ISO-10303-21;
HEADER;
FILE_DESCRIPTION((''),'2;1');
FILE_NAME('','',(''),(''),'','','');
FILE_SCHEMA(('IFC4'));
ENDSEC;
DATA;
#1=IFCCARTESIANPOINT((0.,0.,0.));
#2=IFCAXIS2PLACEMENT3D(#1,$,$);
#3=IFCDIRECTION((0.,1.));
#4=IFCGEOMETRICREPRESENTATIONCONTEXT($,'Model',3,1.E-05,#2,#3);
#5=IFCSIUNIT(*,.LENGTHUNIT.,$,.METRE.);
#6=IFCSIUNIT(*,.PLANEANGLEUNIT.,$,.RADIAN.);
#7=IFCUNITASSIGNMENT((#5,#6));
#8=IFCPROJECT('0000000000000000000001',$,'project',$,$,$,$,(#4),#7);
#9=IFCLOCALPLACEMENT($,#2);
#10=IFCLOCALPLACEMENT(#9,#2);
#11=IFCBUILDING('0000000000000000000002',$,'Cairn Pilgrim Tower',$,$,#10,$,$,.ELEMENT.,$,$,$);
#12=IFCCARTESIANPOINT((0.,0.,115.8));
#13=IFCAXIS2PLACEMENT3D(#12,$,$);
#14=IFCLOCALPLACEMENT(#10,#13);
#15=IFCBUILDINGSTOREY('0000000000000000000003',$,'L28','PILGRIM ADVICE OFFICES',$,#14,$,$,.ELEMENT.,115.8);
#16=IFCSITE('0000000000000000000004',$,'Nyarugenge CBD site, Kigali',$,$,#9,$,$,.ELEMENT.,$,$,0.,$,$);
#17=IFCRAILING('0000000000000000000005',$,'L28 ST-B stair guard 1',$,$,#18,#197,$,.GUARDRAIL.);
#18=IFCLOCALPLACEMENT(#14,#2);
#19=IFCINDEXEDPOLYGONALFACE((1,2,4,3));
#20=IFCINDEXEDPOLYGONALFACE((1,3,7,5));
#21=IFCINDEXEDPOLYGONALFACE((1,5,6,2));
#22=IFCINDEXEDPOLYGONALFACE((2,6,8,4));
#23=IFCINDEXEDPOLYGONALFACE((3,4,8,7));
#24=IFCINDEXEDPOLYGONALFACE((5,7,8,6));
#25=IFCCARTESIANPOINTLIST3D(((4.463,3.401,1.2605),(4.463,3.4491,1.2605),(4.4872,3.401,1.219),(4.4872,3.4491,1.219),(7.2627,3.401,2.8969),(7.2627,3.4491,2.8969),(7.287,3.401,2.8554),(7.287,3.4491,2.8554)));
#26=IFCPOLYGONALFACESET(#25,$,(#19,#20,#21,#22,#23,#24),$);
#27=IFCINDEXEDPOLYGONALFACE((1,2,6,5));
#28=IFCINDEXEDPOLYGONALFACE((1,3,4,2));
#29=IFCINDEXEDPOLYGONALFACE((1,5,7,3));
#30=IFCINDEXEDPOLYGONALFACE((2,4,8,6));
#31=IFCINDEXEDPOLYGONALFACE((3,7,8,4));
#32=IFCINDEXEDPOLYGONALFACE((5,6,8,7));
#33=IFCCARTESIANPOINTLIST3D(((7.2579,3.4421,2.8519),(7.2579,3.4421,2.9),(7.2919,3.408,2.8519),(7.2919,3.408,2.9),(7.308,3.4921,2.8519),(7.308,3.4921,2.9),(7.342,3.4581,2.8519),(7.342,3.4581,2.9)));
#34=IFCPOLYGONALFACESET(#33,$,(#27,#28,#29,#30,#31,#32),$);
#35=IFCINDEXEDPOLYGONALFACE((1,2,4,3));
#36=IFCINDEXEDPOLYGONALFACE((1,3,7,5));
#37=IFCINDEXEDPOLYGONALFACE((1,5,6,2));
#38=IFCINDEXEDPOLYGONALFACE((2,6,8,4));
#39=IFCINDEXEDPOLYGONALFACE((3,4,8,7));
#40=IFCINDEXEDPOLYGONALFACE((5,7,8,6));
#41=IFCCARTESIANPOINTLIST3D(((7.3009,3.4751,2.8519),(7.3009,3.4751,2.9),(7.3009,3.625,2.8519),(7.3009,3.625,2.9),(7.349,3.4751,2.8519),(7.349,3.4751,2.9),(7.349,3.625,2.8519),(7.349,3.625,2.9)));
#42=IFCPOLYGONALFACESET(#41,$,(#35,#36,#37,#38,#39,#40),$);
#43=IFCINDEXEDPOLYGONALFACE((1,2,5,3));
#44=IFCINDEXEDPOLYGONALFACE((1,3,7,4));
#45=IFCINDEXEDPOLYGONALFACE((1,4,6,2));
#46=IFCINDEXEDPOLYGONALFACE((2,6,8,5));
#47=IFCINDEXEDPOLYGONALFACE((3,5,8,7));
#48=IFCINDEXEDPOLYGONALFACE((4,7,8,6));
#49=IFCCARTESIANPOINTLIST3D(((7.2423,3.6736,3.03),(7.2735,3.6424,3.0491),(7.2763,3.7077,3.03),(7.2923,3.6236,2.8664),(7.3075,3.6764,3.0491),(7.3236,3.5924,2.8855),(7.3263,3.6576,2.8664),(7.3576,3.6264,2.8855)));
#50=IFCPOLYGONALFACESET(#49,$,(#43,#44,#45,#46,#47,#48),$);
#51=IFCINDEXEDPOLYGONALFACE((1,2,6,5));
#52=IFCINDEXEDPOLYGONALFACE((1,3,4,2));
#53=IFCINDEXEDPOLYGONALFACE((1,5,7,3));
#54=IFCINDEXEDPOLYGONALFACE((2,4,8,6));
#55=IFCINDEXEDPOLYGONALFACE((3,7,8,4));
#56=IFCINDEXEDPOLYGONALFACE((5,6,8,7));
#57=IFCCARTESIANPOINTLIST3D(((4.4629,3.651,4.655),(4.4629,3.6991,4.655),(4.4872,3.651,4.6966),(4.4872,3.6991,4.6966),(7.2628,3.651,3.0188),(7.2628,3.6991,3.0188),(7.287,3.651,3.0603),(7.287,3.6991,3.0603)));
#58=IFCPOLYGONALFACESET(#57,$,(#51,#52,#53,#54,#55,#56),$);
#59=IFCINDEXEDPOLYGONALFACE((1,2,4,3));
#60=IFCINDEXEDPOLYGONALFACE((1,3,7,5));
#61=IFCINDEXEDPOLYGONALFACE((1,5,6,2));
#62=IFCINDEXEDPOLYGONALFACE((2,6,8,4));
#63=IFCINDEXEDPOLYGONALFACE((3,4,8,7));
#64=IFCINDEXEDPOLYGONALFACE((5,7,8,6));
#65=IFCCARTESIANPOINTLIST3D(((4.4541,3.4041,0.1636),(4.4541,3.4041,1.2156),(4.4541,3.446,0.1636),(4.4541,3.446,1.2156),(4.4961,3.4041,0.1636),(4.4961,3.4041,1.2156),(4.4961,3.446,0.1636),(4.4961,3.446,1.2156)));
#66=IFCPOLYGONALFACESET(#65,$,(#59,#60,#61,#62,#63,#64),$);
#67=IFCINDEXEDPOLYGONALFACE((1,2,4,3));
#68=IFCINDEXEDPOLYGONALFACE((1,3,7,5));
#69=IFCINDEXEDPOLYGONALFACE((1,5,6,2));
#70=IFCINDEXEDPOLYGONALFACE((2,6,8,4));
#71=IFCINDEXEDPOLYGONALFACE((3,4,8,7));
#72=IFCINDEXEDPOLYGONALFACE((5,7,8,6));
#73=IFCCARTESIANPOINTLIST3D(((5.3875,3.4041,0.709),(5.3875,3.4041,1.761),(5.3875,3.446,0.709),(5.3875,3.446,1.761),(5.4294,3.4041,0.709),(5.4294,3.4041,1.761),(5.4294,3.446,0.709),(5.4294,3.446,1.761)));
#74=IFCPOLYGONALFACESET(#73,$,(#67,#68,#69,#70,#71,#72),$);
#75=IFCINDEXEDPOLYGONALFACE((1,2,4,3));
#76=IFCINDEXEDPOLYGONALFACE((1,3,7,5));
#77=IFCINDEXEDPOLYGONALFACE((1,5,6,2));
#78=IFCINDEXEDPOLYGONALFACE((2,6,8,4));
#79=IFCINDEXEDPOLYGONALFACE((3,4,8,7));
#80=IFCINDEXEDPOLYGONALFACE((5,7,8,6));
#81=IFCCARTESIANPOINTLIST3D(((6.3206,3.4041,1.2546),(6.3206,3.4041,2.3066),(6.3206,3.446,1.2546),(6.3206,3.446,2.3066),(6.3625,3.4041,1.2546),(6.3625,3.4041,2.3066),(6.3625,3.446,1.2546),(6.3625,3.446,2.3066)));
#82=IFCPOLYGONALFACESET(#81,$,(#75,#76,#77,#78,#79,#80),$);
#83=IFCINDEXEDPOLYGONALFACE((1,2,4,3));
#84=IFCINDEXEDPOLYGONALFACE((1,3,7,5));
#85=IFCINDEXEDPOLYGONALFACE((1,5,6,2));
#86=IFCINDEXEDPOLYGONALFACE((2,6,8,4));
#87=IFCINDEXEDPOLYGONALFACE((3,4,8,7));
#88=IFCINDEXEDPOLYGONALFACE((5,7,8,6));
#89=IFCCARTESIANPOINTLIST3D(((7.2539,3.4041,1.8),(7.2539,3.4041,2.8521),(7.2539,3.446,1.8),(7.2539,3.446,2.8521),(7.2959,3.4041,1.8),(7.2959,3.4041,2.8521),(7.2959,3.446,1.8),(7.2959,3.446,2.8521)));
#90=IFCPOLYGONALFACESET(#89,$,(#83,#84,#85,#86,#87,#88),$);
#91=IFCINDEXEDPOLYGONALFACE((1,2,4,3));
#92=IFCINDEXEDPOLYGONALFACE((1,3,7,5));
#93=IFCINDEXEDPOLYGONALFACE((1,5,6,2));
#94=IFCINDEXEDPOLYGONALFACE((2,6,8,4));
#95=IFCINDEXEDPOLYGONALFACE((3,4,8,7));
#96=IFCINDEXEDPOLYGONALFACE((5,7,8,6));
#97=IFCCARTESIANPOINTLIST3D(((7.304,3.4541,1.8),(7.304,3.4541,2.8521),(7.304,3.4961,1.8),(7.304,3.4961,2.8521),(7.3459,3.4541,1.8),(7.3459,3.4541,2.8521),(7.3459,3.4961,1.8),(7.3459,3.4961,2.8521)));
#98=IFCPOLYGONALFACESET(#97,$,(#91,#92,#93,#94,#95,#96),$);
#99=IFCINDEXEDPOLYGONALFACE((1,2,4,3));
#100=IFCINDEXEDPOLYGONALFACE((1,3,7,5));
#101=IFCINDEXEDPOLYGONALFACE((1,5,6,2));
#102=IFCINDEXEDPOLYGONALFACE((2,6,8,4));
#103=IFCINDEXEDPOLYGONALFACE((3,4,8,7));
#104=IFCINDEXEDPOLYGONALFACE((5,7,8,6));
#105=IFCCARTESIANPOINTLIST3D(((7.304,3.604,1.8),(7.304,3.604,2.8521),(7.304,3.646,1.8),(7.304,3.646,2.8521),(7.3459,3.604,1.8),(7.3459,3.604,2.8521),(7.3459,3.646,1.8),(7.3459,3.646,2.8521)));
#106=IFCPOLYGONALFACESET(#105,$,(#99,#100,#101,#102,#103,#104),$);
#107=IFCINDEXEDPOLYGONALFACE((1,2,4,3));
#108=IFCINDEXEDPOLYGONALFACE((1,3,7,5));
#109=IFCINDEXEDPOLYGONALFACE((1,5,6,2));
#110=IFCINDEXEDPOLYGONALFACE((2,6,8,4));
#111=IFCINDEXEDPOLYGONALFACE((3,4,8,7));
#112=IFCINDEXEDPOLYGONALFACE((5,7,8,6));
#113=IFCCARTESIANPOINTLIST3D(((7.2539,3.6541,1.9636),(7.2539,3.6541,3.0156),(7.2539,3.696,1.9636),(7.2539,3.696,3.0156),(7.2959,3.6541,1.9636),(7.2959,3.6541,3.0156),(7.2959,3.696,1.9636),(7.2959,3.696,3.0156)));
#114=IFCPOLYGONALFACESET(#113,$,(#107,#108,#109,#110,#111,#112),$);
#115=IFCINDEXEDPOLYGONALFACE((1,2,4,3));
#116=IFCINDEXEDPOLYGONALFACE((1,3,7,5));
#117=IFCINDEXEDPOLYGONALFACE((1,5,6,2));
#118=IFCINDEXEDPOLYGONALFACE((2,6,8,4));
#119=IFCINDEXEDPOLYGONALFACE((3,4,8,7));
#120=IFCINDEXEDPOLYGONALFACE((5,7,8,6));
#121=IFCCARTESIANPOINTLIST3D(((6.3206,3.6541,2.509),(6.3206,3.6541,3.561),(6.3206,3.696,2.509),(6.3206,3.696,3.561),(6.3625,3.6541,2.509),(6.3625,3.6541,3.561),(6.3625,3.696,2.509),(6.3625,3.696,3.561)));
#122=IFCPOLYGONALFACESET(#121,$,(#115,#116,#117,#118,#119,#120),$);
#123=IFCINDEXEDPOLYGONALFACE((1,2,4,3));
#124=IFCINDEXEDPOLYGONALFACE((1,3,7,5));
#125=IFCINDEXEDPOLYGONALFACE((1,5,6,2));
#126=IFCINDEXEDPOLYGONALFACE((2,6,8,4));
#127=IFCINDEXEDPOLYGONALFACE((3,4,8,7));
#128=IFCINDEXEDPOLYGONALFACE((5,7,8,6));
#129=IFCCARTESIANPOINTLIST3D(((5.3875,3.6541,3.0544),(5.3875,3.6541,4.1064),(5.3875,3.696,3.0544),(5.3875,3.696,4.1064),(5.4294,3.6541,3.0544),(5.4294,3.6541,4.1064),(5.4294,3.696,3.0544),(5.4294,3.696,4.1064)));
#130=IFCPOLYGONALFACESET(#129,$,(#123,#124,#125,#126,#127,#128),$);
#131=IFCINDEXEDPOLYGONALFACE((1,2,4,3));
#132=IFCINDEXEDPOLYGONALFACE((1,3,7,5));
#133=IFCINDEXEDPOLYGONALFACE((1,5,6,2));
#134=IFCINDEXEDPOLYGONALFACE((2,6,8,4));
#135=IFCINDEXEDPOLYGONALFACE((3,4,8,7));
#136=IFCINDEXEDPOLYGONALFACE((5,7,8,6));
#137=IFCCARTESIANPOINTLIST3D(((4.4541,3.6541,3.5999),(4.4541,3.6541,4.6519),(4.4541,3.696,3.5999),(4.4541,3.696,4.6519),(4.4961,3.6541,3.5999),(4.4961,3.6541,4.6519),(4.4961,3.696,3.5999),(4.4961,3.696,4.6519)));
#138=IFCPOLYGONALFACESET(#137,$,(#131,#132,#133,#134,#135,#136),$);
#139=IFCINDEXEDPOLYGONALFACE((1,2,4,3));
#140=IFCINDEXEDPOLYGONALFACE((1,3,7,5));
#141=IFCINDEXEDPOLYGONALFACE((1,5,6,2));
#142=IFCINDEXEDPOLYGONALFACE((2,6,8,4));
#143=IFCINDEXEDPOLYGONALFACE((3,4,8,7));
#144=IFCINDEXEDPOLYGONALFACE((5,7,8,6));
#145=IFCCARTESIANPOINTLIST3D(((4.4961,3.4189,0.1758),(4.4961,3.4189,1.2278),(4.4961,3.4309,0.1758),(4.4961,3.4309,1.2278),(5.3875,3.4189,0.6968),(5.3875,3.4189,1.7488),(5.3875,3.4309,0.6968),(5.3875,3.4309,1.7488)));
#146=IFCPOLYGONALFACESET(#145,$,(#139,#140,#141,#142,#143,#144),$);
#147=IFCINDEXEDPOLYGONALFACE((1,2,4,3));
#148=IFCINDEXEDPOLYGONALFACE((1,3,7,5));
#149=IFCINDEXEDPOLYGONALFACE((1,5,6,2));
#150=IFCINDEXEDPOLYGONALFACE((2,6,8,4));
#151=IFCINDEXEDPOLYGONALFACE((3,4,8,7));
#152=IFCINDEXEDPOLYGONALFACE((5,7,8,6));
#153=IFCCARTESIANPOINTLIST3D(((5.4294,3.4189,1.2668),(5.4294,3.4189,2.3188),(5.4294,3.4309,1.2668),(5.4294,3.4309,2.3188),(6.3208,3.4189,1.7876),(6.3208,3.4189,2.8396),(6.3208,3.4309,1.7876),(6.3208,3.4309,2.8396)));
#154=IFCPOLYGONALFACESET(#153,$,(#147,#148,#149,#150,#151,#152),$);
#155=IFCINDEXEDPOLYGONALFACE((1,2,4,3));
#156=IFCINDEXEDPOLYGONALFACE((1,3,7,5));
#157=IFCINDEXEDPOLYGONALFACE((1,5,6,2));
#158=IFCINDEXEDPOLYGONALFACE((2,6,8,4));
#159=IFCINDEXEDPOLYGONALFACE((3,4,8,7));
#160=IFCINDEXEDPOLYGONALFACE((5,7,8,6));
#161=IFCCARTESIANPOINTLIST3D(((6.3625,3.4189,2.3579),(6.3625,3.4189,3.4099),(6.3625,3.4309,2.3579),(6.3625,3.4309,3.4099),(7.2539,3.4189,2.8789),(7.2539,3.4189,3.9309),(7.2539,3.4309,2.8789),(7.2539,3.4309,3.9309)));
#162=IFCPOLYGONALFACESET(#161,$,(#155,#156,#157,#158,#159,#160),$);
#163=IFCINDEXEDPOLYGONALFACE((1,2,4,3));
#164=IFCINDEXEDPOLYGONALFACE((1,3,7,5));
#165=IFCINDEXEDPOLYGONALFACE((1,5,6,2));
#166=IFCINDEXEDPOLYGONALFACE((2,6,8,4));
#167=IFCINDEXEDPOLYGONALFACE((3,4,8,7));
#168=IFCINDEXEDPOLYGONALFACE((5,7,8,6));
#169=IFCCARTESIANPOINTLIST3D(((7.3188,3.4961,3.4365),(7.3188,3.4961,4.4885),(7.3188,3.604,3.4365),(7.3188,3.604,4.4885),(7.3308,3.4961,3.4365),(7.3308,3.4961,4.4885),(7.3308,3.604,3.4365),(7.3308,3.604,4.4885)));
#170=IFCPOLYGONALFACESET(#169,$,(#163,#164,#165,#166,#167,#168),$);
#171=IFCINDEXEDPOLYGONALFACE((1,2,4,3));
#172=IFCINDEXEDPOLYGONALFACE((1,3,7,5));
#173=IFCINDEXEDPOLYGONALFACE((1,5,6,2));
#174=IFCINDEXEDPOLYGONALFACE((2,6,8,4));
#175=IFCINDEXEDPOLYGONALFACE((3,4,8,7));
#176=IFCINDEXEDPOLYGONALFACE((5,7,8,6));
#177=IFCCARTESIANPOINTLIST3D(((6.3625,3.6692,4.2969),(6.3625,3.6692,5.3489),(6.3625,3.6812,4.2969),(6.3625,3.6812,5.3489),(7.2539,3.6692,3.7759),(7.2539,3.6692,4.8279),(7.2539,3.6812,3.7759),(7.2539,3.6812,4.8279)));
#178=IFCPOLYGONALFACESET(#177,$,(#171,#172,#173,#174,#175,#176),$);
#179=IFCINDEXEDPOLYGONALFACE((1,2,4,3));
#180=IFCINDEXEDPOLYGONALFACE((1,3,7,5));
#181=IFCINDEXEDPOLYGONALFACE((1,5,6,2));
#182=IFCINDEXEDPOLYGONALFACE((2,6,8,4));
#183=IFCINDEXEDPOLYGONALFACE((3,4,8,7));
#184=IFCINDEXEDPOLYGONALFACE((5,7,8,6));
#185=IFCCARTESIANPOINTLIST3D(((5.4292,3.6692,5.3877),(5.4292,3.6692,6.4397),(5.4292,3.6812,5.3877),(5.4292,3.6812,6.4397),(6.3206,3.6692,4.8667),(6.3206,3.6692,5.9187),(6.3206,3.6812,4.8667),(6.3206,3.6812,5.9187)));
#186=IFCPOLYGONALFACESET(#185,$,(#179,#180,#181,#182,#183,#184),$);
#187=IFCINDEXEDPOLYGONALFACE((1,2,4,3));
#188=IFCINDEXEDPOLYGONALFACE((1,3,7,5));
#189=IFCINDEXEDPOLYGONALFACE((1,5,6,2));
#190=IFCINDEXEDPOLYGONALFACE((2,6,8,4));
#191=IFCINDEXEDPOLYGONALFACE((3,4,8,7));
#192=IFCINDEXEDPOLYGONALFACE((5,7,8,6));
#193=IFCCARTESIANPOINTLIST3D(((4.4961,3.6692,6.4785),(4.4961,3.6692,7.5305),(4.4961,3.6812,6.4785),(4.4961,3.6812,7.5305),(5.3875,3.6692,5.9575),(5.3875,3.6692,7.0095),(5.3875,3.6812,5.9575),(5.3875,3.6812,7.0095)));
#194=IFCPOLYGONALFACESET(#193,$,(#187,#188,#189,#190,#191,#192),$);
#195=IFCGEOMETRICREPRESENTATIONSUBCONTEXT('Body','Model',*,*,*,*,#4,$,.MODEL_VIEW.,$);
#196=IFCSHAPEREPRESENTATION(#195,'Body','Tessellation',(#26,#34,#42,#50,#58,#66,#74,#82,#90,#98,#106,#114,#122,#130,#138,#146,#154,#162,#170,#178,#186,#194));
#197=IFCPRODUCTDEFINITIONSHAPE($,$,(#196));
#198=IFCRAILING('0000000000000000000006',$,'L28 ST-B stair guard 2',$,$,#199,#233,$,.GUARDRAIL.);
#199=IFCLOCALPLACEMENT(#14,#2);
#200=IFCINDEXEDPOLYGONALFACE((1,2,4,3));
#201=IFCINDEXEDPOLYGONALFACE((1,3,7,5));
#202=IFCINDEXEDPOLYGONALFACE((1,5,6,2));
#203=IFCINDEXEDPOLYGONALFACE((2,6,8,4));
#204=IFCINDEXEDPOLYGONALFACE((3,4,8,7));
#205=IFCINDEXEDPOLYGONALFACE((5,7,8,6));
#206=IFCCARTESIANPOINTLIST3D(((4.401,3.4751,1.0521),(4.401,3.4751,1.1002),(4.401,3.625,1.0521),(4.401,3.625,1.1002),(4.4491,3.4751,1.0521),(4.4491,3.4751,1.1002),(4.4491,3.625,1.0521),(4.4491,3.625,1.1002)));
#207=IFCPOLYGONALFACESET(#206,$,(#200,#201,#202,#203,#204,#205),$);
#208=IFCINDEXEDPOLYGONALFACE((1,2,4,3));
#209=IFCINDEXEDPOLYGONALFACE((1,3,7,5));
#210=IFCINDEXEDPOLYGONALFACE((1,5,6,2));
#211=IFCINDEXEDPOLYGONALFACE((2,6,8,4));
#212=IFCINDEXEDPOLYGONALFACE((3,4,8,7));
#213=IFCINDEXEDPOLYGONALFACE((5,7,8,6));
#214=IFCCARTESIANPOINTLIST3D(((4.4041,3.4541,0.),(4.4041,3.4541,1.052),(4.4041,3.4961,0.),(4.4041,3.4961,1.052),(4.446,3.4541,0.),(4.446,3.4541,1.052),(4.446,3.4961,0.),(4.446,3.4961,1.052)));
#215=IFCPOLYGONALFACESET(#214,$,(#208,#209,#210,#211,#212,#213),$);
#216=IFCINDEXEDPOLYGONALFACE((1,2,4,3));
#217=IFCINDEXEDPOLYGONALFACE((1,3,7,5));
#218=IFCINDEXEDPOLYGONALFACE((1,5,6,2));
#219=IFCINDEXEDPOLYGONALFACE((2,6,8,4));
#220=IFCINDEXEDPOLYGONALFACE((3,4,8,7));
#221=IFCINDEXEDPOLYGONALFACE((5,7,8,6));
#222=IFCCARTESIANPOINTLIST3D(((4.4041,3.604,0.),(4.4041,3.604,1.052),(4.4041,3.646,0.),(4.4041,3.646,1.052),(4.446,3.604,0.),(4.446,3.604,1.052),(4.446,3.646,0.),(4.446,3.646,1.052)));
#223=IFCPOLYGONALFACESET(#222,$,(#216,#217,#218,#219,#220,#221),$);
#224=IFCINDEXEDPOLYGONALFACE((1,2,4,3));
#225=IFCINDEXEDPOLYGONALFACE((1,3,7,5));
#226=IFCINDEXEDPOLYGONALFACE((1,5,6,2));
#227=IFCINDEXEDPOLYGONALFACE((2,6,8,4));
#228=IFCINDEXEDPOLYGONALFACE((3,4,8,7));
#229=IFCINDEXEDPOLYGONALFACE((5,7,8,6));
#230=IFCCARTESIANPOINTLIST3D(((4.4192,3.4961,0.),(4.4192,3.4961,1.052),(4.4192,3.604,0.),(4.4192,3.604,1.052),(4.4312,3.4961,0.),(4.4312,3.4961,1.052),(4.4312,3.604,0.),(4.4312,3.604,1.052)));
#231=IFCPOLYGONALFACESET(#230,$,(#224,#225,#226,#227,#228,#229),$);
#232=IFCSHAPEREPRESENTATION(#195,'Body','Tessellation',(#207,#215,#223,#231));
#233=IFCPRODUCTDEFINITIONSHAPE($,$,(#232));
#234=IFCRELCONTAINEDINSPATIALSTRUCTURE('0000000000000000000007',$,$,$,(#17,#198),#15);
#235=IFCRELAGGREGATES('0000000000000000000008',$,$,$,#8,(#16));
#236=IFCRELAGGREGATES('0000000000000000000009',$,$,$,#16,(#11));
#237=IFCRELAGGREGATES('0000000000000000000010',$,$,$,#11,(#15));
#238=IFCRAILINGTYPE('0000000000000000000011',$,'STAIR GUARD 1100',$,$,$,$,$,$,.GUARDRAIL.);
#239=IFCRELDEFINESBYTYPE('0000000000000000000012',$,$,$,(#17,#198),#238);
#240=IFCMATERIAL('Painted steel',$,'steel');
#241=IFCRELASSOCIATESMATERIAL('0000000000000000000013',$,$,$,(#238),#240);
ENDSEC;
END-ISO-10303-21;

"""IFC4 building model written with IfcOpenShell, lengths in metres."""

from ifc_helpers import new_model, si_unit, direction, frame, origin, origin_2d, place, context, subcontext, project, spatial, polyline, rectangle, outline, extrude, material, type_object, element, save


model = new_model("IFC4")

# Units and contexts
model_context = context("Model", 3, precision=1e-05, world=origin(), true_north=direction((0.0, 1.0)))
body_context = subcontext(model_context, "Body", "Model", "MODEL_VIEW")
ifc_project = project(units=[si_unit("LENGTHUNIT", "METRE"), si_unit("PLANEANGLEUNIT", "RADIAN")], contexts=[model_context])

# Site, building, storey
site_placement = place(None, origin())
site = spatial("IfcSite", under=ifc_project, at=site_placement, Name="Nyarugenge CBD site, Kigali", CompositionType="ELEMENT", RefElevation=0.0)
building_placement = place(site_placement, origin())
building = spatial("IfcBuilding", under=site, at=building_placement, Name="Cairn Pilgrim Tower", CompositionType="ELEMENT")
storey_placement = place(building_placement, frame((0.0, 0.0, 115.8)))
storey = spatial("IfcBuildingStorey", under=building, at=storey_placement, Name="L28", Description="PILGRIM ADVICE OFFICES", CompositionType="ELEMENT", Elevation=115.8)

# Shared definitions
ifc_material_1 = material(Name="Painted steel", Category="steel")

# Railings
railing_type_1 = type_object("IfcRailingType", Name="STAIR GUARD 1100", PredefinedType="GUARDRAIL", material=ifc_material_1)
railing_1_placement = place(storey_placement, frame((4.4751, 3.425, 0.1636)))
element("IfcRailing", 1, at=railing_1_placement, inside=storey, type_object=railing_type_1, Name="L28 ST-B stair guard 1", PredefinedType="GUARDRAIL", context=body_context, shape_type="SweptSolid", body=[
    extrude(rectangle(XDim=0.0481, YDim=0.0481, at=origin_2d()), frame((0.0, 0.0, 1.0762), z_axis=(0.863342, 0.0, 0.50462), x_axis=(0.0, 1.0, 0.0)), (0.0, 0.0, 1.0), 3.2429),
    extrude(rectangle(XDim=0.0481, YDim=0.0481, at=origin_2d()), frame((2.7998, 0.0, 2.7124), z_axis=(0.707107, 0.707107, 0.0), x_axis=(-0.707107, 0.707107, 0.0)), (0.0, 0.0, 1.0), 0.0708),
    extrude(rectangle(XDim=0.0481, YDim=0.0481, at=origin_2d()), frame((2.8499, 0.05, 2.7124), z_axis=(0.0, 1.0, 0.0), x_axis=(-1.0, 0.0, 0.0)), (0.0, 0.0, 1.0), 0.1499),
    extrude(rectangle(XDim=0.0481, YDim=0.0481, at=origin_2d()), frame((2.8499, 0.2, 2.7124), z_axis=(-0.280809, 0.280809, 0.917765), x_axis=(-0.707107, -0.707107, 0.0)), (0.0, 0.0, 1.0), 0.1782),
    extrude(rectangle(XDim=0.0481, YDim=0.0481, at=origin_2d()), frame((2.7998, 0.25, 2.876), z_axis=(-0.863374, 0.0, 0.504564), x_axis=(0.0, -1.0, 0.0)), (0.0, 0.0, 1.0), 3.2429),
    extrude(rectangle(XDim=0.042, YDim=0.042, at=origin_2d()), origin(), (0.0, 0.0, 1.0), 1.052),
    extrude(rectangle(XDim=0.042, YDim=0.042, at=origin_2d()), frame((0.9333, 0.0, 0.5454)), (0.0, 0.0, 1.0), 1.052),
    extrude(rectangle(XDim=0.042, YDim=0.042, at=origin_2d()), frame((1.8665, 0.0, 1.0911)), (0.0, 0.0, 1.0), 1.052),
    extrude(rectangle(XDim=0.042, YDim=0.042, at=origin_2d()), frame((2.7998, 0.0, 1.6365)), (0.0, 0.0, 1.0), 1.052),
    extrude(rectangle(XDim=0.042, YDim=0.042, at=origin_2d()), frame((2.8499, 0.05, 1.6365)), (0.0, 0.0, 1.0), 1.052),
    extrude(rectangle(XDim=0.042, YDim=0.042, at=origin_2d()), frame((2.8499, 0.2, 1.6365)), (0.0, 0.0, 1.0), 1.052),
    extrude(rectangle(XDim=0.042, YDim=0.042, at=origin_2d()), frame((2.7998, 0.25, 1.8)), (0.0, 0.0, 1.0), 1.052),
    extrude(rectangle(XDim=0.042, YDim=0.042, at=origin_2d()), frame((1.8665, 0.25, 2.3455)), (0.0, 0.0, 1.0), 1.052),
    extrude(rectangle(XDim=0.042, YDim=0.042, at=origin_2d()), frame((0.9333, 0.25, 2.8909)), (0.0, 0.0, 1.0), 1.052),
    extrude(rectangle(XDim=0.042, YDim=0.042, at=origin_2d()), frame((0.0, 0.25, 3.4363)), (0.0, 0.0, 1.0), 1.052),
    extrude(outline(polyline([(0.021, 0.0122), (0.9124, 0.5332), (0.9124, 1.5852), (0.021, 1.0642), (0.021, 0.0122)])), frame((0.0, 0.0059, 0.0), z_axis=(0.0, -1.0, 0.0), x_axis=(1.0, 0.0, 0.0)), (0.0, 0.0, 1.0), 0.012),
    extrude(outline(polyline([(0.021, 0.5579), (0.9124, 1.0786), (0.9124, 2.1306), (0.021, 1.6099), (0.021, 0.5579)])), frame((0.9333, 0.0059, 0.5454), z_axis=(0.0, -1.0, 0.0), x_axis=(1.0, 0.0, 0.0)), (0.0, 0.0, 1.0), 0.012),
    extrude(outline(polyline([(0.021, 1.1033), (0.9124, 1.6243), (0.9124, 2.6763), (0.021, 2.1553), (0.021, 1.1033)])), frame((1.8665, 0.0059, 1.0911), z_axis=(0.0, -1.0, 0.0), x_axis=(1.0, 0.0, 0.0)), (0.0, 0.0, 1.0), 0.012),
    extrude(outline(polyline([(0.021, 1.6365), (0.1289, 1.6365), (0.1289, 2.6885), (0.021, 2.6885), (0.021, 1.6365)])), frame((2.8438, 0.05, 1.6365), z_axis=(1.0, 0.0, 0.0), x_axis=(0.0, 1.0, 0.0)), (0.0, 0.0, 1.0), 0.012),
    extrude(outline(polyline([(0.021, 1.8123), (0.9124, 2.3333), (0.9124, 3.3853), (0.021, 2.8643), (0.021, 1.8123)])), frame((2.7998, 0.2441, 1.8), z_axis=(0.0, 1.0, 0.0), x_axis=(-1.0, 0.0, 0.0)), (0.0, 0.0, 1.0), 0.012),
    extrude(outline(polyline([(0.021, 2.3577), (0.9124, 2.8787), (0.9124, 3.9307), (0.021, 3.4097), (0.021, 2.3577)])), frame((1.8665, 0.2441, 2.3455), z_axis=(0.0, 1.0, 0.0), x_axis=(-1.0, 0.0, 0.0)), (0.0, 0.0, 1.0), 0.012),
    extrude(outline(polyline([(0.021, 2.9031), (0.9124, 3.4241), (0.9124, 4.4761), (0.021, 3.9551), (0.021, 2.9031)])), frame((0.9333, 0.2441, 2.8909), z_axis=(0.0, 1.0, 0.0), x_axis=(-1.0, 0.0, 0.0)), (0.0, 0.0, 1.0), 0.012),
])
railing_2_placement = place(storey_placement, frame((4.425, 3.4751, 0.0)))
element("IfcRailing", 2, at=railing_2_placement, inside=storey, type_object=railing_type_1, Name="L28 ST-B stair guard 2", PredefinedType="GUARDRAIL", context=body_context, shape_type="SweptSolid", body=[
    extrude(rectangle(XDim=0.0481, YDim=0.0481, at=origin_2d()), frame((0.0, 0.0, 1.0762), z_axis=(0.0, 1.0, 0.0), x_axis=(-1.0, 0.0, 0.0)), (0.0, 0.0, 1.0), 0.1499),
    extrude(rectangle(XDim=0.042, YDim=0.042, at=origin_2d()), origin(), (0.0, 0.0, 1.0), 1.052),
    extrude(rectangle(XDim=0.042, YDim=0.042, at=origin_2d()), frame((0.0, 0.1499, 0.0)), (0.0, 0.0, 1.0), 1.052),
    extrude(outline(polyline([(0.021, 0.0), (0.1289, 0.0), (0.1289, 1.052), (0.021, 1.052), (0.021, 0.0)])), frame((-0.0059, 0.0, 0.0), z_axis=(1.0, 0.0, 0.0), x_axis=(0.0, 1.0, 0.0)), (0.0, 0.0, 1.0), 0.012),
])

save(model, "model.ifc")
